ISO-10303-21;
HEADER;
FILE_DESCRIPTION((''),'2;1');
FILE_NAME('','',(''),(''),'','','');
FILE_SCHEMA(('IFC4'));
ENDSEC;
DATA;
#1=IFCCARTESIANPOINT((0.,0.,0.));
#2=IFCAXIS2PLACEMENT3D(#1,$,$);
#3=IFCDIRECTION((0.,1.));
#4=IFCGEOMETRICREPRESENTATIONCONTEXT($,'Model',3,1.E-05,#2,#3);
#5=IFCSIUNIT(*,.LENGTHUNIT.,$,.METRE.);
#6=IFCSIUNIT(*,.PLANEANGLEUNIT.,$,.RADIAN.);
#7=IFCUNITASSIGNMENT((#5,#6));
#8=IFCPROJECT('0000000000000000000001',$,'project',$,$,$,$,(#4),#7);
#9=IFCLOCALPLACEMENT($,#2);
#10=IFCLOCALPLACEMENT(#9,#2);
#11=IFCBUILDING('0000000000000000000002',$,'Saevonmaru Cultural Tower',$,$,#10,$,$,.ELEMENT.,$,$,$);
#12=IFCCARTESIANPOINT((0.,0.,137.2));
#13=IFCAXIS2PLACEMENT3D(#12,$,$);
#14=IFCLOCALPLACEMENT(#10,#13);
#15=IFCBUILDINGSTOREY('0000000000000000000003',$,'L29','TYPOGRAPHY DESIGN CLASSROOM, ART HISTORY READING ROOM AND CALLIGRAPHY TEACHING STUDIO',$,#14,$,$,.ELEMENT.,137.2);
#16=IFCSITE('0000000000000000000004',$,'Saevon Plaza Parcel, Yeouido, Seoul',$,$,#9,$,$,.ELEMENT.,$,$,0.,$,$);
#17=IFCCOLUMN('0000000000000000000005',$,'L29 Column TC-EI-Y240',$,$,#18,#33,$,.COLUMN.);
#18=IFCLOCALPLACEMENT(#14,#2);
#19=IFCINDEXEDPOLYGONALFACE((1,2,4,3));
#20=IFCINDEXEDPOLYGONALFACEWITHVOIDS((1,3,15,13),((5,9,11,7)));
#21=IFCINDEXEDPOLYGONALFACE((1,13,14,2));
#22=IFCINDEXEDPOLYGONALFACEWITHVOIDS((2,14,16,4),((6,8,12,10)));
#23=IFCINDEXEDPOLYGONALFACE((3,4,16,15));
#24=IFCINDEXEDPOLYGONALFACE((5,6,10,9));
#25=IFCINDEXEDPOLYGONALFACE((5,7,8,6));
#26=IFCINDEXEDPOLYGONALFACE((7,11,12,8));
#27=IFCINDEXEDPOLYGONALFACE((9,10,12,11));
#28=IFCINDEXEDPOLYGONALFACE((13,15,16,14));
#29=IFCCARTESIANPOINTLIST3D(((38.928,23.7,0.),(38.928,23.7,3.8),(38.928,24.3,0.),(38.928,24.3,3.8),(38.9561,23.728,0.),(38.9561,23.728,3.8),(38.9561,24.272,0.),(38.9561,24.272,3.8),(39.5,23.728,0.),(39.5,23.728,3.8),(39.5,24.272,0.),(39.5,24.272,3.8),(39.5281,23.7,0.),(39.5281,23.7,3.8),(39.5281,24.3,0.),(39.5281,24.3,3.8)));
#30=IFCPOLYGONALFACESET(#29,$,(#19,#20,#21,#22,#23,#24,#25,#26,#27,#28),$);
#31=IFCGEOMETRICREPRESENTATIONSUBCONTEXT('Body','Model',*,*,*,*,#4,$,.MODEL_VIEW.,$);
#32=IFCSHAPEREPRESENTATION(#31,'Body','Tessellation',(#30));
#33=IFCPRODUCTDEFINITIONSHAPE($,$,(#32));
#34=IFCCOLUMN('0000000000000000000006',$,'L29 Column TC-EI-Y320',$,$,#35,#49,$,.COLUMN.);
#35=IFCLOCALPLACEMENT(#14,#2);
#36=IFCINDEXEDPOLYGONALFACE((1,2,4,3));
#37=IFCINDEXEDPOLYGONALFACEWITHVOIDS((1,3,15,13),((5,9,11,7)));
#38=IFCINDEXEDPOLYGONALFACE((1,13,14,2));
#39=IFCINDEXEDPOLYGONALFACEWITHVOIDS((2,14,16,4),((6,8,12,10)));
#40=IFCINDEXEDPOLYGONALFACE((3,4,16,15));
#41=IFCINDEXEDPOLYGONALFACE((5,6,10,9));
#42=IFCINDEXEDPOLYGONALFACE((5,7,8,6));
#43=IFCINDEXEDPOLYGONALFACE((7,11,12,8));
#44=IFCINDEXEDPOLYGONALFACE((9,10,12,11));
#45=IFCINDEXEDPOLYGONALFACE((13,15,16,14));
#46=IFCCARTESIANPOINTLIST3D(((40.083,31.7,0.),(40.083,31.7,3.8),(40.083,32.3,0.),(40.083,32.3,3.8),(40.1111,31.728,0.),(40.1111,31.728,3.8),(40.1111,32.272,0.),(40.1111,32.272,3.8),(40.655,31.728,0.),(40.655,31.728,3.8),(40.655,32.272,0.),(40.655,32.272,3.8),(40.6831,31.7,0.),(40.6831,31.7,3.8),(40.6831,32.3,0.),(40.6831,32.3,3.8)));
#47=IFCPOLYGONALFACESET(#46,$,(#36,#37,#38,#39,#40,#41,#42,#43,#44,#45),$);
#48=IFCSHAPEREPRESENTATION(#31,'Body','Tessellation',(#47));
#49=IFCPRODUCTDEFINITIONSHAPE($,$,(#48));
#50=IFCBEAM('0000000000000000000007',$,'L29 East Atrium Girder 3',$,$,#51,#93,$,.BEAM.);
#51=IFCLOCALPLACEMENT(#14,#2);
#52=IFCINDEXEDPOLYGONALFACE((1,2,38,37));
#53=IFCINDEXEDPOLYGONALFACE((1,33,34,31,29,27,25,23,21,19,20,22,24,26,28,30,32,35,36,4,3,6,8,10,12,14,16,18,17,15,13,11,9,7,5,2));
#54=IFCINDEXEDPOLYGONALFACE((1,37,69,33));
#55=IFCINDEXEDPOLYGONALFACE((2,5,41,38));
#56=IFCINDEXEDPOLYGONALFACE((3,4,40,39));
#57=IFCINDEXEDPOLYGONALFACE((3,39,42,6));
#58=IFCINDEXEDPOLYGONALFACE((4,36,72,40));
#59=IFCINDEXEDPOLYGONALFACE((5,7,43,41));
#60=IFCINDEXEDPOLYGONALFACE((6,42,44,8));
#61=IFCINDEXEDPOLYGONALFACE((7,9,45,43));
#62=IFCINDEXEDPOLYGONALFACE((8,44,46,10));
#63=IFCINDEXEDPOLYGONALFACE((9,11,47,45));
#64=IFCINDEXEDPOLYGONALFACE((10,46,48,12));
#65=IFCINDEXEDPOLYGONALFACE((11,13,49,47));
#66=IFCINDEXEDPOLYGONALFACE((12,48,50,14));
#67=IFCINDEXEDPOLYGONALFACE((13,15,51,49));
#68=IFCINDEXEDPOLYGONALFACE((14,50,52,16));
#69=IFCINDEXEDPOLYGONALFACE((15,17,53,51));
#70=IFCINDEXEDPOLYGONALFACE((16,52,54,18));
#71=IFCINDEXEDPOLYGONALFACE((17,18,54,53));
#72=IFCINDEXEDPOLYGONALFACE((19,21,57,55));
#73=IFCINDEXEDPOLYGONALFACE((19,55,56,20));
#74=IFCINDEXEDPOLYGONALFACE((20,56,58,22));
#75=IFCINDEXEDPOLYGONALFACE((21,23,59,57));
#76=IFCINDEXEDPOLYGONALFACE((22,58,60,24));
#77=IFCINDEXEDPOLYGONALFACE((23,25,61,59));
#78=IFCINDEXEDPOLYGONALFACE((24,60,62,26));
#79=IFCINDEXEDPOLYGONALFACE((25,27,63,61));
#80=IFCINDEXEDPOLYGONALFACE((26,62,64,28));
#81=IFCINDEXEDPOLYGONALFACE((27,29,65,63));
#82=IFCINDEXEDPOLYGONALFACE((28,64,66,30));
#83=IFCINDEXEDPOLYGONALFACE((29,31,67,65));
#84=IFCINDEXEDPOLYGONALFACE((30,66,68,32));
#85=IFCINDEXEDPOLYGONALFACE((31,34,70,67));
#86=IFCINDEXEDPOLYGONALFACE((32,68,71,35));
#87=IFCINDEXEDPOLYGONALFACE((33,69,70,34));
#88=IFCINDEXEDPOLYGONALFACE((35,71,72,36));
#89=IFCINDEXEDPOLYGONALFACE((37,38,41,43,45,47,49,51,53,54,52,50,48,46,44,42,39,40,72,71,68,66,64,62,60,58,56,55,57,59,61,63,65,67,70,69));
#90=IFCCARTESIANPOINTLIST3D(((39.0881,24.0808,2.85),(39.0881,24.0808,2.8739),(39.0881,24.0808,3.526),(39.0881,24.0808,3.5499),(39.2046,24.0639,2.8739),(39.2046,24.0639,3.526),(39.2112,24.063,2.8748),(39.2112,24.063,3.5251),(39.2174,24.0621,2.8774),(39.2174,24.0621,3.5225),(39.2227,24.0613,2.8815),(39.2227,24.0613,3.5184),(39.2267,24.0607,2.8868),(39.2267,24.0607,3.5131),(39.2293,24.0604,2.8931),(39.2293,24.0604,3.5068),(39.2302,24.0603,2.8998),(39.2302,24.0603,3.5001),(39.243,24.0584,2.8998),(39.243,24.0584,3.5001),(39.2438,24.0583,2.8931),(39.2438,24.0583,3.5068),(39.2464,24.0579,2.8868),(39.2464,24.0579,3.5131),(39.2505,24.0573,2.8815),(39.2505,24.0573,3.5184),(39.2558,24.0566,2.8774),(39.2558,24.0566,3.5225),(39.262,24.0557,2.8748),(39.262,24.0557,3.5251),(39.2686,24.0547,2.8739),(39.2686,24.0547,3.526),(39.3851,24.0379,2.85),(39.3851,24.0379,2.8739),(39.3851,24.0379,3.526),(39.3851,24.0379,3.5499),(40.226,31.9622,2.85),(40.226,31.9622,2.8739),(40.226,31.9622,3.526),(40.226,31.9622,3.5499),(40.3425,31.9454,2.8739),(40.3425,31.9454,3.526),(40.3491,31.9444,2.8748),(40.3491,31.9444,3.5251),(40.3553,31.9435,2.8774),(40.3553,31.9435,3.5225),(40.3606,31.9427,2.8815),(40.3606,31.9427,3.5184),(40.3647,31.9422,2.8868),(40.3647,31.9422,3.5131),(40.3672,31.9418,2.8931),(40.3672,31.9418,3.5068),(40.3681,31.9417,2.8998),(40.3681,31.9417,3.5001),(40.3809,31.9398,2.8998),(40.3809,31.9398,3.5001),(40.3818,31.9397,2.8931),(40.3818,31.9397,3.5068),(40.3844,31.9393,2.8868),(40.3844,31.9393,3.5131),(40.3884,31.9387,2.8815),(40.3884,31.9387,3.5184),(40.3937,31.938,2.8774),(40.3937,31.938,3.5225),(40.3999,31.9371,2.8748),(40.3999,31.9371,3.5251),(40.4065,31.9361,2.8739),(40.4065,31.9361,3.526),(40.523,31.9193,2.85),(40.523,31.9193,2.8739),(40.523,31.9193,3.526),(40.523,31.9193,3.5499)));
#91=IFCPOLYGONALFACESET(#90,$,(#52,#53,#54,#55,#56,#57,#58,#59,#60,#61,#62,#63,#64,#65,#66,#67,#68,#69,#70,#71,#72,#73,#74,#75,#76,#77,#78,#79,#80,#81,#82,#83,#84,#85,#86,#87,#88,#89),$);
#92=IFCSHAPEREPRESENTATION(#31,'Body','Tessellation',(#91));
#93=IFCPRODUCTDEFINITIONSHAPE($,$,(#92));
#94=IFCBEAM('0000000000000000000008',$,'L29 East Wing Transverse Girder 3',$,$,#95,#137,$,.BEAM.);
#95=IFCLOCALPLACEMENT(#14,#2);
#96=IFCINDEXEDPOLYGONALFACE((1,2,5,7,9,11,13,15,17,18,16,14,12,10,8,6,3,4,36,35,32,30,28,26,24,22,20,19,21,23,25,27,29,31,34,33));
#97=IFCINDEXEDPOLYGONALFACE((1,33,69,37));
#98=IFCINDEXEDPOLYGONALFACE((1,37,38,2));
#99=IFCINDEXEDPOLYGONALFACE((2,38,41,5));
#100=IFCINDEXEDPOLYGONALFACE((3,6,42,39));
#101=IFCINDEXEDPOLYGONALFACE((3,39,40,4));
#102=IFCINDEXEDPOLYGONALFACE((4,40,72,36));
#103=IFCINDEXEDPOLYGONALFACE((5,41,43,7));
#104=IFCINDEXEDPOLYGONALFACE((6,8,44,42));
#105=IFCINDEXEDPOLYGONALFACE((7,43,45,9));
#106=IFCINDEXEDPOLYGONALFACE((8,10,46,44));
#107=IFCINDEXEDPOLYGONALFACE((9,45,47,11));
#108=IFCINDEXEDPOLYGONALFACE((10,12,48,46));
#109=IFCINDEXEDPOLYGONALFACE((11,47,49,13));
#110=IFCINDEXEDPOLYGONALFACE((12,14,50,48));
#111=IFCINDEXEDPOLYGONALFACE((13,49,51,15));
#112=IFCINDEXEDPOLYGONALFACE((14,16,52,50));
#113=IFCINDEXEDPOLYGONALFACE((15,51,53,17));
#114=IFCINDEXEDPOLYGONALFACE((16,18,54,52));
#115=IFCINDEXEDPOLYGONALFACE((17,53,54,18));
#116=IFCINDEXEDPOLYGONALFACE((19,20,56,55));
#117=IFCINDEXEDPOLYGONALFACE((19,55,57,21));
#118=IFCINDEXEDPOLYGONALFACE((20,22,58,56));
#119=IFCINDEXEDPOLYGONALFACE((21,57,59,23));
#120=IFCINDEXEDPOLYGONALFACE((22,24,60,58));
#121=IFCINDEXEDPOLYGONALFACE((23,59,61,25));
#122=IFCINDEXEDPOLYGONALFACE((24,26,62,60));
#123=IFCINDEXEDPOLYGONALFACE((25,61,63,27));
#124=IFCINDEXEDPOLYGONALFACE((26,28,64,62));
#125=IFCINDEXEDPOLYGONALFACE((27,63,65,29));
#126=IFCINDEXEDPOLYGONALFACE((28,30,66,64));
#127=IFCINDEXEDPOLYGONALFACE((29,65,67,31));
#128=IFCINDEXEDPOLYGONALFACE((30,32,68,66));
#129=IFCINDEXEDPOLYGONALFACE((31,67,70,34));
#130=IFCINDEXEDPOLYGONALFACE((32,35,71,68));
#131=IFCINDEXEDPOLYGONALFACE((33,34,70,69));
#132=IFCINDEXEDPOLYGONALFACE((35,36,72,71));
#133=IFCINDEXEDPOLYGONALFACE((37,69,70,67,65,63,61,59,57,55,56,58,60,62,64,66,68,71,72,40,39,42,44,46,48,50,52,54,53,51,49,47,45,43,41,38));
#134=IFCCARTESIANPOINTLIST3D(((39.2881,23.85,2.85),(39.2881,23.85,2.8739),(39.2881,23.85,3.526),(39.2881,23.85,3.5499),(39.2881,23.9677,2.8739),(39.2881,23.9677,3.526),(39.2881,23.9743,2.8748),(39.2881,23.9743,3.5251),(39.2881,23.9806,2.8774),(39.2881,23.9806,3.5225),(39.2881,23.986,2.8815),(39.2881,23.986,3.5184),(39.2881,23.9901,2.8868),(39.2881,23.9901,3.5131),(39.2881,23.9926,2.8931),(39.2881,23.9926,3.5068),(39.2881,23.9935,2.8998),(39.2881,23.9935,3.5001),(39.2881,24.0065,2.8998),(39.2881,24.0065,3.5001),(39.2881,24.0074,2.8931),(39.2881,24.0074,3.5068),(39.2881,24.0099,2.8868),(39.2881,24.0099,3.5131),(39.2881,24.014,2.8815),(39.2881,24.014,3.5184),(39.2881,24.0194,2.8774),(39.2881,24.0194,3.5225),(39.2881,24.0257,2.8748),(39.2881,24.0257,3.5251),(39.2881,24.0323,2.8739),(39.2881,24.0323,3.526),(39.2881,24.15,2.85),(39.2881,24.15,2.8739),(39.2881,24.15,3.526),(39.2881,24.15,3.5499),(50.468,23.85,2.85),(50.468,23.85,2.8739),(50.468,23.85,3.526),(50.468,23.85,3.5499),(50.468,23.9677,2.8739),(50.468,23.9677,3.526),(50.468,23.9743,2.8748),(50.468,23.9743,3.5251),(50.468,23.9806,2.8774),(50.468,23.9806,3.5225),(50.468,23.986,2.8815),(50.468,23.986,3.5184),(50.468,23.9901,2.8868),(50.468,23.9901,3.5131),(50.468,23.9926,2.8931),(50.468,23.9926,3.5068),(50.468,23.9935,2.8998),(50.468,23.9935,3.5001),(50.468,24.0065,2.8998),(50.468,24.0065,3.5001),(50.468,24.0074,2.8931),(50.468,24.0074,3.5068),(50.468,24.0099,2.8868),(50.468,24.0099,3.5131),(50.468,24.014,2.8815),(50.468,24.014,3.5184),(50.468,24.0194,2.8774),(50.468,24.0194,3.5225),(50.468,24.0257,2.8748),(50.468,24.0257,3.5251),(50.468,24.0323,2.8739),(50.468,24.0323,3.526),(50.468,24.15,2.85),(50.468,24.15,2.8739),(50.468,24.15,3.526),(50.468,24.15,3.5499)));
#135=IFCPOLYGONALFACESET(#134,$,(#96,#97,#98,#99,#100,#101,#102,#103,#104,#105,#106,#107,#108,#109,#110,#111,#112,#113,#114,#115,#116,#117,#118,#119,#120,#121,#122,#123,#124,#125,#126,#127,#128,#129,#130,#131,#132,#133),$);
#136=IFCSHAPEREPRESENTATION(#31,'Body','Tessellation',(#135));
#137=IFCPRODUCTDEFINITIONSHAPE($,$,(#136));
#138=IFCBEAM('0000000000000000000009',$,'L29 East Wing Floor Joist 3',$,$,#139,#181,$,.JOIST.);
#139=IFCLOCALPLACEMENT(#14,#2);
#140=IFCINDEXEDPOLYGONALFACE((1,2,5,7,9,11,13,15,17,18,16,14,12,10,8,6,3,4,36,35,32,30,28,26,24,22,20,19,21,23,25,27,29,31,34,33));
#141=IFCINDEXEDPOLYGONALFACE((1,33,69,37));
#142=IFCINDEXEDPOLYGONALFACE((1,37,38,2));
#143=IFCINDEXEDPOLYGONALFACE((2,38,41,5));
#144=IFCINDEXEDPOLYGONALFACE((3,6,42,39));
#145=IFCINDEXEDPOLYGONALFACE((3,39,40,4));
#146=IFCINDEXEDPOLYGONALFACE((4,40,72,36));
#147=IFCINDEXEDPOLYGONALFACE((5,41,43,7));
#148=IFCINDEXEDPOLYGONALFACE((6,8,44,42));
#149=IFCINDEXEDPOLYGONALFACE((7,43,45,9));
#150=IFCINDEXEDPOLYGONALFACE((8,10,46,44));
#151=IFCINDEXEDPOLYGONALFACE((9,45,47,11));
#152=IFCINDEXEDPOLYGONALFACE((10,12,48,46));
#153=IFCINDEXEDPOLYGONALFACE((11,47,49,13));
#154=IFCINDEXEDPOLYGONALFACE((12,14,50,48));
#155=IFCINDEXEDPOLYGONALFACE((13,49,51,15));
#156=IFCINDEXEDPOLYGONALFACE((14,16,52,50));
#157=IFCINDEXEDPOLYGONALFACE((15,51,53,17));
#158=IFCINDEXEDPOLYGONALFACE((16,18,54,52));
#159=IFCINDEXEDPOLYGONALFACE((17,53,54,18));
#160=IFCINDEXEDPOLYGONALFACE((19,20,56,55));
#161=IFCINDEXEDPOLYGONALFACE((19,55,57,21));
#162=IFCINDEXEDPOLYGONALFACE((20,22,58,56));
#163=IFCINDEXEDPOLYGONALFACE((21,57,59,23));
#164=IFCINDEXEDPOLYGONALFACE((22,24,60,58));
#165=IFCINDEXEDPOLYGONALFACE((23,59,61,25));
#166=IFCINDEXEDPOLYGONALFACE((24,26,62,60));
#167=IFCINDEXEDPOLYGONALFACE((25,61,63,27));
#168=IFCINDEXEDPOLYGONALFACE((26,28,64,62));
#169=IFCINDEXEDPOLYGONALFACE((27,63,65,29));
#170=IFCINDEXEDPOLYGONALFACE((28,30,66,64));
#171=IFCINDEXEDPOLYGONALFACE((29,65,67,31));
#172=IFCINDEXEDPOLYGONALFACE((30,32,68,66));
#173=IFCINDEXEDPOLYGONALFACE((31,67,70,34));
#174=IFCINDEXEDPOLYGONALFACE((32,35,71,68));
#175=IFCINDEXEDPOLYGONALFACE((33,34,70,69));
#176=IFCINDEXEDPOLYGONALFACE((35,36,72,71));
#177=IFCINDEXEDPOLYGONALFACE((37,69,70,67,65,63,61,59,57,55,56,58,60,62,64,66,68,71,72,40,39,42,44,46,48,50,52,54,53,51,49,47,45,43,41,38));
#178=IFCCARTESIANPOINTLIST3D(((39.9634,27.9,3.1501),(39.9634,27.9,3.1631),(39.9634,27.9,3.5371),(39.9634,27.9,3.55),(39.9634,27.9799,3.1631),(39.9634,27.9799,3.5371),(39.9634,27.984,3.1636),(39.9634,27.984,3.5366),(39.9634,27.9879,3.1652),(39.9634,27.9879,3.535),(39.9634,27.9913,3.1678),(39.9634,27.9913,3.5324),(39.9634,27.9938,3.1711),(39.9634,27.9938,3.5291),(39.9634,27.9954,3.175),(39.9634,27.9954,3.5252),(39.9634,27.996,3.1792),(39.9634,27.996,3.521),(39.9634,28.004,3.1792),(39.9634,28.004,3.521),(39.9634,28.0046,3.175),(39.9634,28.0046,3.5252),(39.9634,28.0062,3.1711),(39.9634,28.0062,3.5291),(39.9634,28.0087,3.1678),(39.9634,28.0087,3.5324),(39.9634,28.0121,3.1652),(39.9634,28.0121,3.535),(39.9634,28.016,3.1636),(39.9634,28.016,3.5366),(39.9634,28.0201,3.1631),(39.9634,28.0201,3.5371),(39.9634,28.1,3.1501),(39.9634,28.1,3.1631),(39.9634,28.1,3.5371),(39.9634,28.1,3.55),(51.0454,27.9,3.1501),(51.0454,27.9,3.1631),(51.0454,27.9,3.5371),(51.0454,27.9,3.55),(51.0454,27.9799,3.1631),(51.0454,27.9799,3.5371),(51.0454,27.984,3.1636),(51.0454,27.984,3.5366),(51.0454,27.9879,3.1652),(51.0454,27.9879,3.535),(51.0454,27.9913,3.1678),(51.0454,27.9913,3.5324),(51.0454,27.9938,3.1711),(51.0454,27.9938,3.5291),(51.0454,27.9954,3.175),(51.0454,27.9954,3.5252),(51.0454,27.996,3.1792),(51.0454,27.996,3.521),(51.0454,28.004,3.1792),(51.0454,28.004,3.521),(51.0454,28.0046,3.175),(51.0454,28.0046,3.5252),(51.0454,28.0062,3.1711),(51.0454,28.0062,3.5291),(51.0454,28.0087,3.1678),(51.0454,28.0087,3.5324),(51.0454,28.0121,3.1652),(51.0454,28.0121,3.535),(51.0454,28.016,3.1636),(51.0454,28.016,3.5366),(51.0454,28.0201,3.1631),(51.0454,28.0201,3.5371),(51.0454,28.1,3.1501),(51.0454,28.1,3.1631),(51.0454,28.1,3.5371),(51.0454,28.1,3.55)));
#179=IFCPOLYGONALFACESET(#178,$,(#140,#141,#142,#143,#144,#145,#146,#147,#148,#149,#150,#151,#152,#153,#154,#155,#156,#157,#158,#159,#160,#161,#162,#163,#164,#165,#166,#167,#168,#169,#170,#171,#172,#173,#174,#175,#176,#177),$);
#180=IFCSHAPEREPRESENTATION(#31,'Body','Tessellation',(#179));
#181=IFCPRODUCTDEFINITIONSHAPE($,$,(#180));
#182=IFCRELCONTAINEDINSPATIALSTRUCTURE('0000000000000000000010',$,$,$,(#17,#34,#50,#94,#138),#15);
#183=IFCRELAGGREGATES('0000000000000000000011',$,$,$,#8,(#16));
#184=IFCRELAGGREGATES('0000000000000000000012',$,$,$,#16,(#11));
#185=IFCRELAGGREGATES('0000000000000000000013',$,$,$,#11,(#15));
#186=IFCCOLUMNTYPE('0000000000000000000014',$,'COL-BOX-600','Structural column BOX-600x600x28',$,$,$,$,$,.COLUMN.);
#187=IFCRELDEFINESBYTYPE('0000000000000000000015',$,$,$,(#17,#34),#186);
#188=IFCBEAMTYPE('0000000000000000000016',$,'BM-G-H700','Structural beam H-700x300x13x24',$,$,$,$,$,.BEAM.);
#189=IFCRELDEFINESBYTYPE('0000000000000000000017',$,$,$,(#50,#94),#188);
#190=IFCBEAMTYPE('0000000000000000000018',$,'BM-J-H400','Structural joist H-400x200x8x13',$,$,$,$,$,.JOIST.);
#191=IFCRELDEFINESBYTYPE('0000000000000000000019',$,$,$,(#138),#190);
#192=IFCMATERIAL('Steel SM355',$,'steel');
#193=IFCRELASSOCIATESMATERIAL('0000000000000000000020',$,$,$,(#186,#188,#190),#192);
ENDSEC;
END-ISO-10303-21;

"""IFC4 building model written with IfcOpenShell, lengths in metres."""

from ifc_helpers import new_model, si_unit, direction, frame, origin, origin_2d, place, context, subcontext, project, spatial, hollow_rectangle, i_section, extrude, material, material_profile, profile_set, type_object, element, save


model = new_model("IFC4")

# Units and contexts
model_context = context("Model", 3, precision=1e-05, world=origin(), true_north=direction((0.0, 1.0)))
body_context = subcontext(model_context, "Body", "Model", "MODEL_VIEW")
ifc_project = project(units=[si_unit("LENGTHUNIT", "METRE"), si_unit("PLANEANGLEUNIT", "RADIAN")], contexts=[model_context])

# Site, building, storey
site_placement = place(None, origin())
site = spatial("IfcSite", under=ifc_project, at=site_placement, Name="Saevon Plaza Parcel, Yeouido, Seoul", CompositionType="ELEMENT", RefElevation=0.0)
building_placement = place(site_placement, origin())
building = spatial("IfcBuilding", under=site, at=building_placement, Name="Saevonmaru Cultural Tower", CompositionType="ELEMENT")
storey_placement = place(building_placement, frame((0.0, 0.0, 137.2)))
storey = spatial("IfcBuildingStorey", under=building, at=storey_placement, Name="L29", Description="TYPOGRAPHY DESIGN CLASSROOM, ART HISTORY READING ROOM AND CALLIGRAPHY TEACHING STUDIO", CompositionType="ELEMENT", Elevation=137.2)

# Columns
ifc_material_1 = material(Name="Steel SM355", Category="steel")
ifc_material_profile_1 = material_profile(ifc_material_1, hollow_rectangle(XDim=0.6001, YDim=0.6001, WallThickness=0.0281, at=origin_2d()), Name="BOX-600x600x28")
ifc_profile_set_1 = profile_set([ifc_material_profile_1], Name="Steel SM355")
column_type = type_object("IfcColumnType", Name="COL-BOX-600", Description="Structural column BOX-600x600x28", PredefinedType="COLUMN", material=ifc_profile_set_1)
for number, where, z_axis, x_axis, name in (
    (1, (39.228, 24.0, 0.0), (0.0, 0.0, 1.0), (1.0, 0.0, 0.0), "L29 Column TC-EI-Y240"),
    (2, (40.3831, 32.0, 0.0), (0.0, 0.0, 1.0), (1.0, 0.0, 0.0), "L29 Column TC-EI-Y320"),
):
    element("IfcColumn", number, at=place(storey_placement, frame(where, z_axis=z_axis, x_axis=x_axis)), inside=storey, type_object=column_type, Name=name, PredefinedType="COLUMN", context=body_context, shape_type="SweptSolid", body=[
        extrude(hollow_rectangle(XDim=0.6001, YDim=0.6001, WallThickness=0.0281, at=origin_2d()), origin(), (0.0, 0.0, 1.0), 3.8),
    ])

# Beams
ifc_material_profile_2 = material_profile(ifc_material_1, i_section(OverallWidth=0.3, OverallDepth=0.7, WebThickness=0.0129, FlangeThickness=0.0239, FilletRadius=0.0259, at=origin_2d()), Name="H-700x300x13x24")
ifc_profile_set_2 = profile_set([ifc_material_profile_2], Name="Steel SM355")
beam_type_1 = type_object("IfcBeamType", Name="BM-G-H700", Description="Structural beam H-700x300x13x24", PredefinedType="BEAM", material=ifc_profile_set_2)
beam_1_placement = place(storey_placement, frame((39.2366, 24.0593, 3.2), z_axis=(0.142902, 0.989737, 0.0), x_axis=(-0.989737, 0.142902, 0.0)))
element("IfcBeam", 3, at=beam_1_placement, inside=storey, type_object=beam_type_1, Name="L29 East Atrium Girder 3", PredefinedType="BEAM", context=body_context, shape_type="SweptSolid", body=[
    extrude(i_section(OverallWidth=0.3, OverallDepth=0.7, WebThickness=0.0129, FlangeThickness=0.0239, FilletRadius=0.0259, at=origin_2d()), origin(), (0.0, 0.0, 1.0), 7.9631),
])
beam_2_placement = place(storey_placement, frame((39.2881, 24.0, 3.2), z_axis=(1.0, 0.0, 0.0), x_axis=(0.0, 1.0, 0.0)))
element("IfcBeam", 4, at=beam_2_placement, inside=storey, type_object=beam_type_1, Name="L29 East Wing Transverse Girder 3", PredefinedType="BEAM", context=body_context, shape_type="SweptSolid", body=[
    extrude(i_section(OverallWidth=0.3, OverallDepth=0.7, WebThickness=0.0129, FlangeThickness=0.0239, FilletRadius=0.0259, at=origin_2d()), origin(), (0.0, 0.0, 1.0), 11.1799),
])
ifc_material_profile_3 = material_profile(ifc_material_1, i_section(OverallWidth=0.2, OverallDepth=0.3999, WebThickness=0.0081, FlangeThickness=0.0129, FilletRadius=0.0161, at=origin_2d()), Name="H-400x200x8x13")
ifc_profile_set_3 = profile_set([ifc_material_profile_3], Name="Steel SM355")
beam_type_2 = type_object("IfcBeamType", Name="BM-J-H400", Description="Structural joist H-400x200x8x13", PredefinedType="JOIST", material=ifc_profile_set_3)
beam_3_placement = place(storey_placement, frame((39.9634, 28.0, 3.3501), z_axis=(1.0, 0.0, 0.0), x_axis=(0.0, 1.0, 0.0)))
element("IfcBeam", 5, at=beam_3_placement, inside=storey, type_object=beam_type_2, Name="L29 East Wing Floor Joist 3", PredefinedType="JOIST", context=body_context, shape_type="SweptSolid", body=[
    extrude(i_section(OverallWidth=0.2, OverallDepth=0.3999, WebThickness=0.0081, FlangeThickness=0.0129, FilletRadius=0.0161, at=origin_2d()), origin(), (0.0, 0.0, 1.0), 11.082),
])

save(model, "model.ifc")
